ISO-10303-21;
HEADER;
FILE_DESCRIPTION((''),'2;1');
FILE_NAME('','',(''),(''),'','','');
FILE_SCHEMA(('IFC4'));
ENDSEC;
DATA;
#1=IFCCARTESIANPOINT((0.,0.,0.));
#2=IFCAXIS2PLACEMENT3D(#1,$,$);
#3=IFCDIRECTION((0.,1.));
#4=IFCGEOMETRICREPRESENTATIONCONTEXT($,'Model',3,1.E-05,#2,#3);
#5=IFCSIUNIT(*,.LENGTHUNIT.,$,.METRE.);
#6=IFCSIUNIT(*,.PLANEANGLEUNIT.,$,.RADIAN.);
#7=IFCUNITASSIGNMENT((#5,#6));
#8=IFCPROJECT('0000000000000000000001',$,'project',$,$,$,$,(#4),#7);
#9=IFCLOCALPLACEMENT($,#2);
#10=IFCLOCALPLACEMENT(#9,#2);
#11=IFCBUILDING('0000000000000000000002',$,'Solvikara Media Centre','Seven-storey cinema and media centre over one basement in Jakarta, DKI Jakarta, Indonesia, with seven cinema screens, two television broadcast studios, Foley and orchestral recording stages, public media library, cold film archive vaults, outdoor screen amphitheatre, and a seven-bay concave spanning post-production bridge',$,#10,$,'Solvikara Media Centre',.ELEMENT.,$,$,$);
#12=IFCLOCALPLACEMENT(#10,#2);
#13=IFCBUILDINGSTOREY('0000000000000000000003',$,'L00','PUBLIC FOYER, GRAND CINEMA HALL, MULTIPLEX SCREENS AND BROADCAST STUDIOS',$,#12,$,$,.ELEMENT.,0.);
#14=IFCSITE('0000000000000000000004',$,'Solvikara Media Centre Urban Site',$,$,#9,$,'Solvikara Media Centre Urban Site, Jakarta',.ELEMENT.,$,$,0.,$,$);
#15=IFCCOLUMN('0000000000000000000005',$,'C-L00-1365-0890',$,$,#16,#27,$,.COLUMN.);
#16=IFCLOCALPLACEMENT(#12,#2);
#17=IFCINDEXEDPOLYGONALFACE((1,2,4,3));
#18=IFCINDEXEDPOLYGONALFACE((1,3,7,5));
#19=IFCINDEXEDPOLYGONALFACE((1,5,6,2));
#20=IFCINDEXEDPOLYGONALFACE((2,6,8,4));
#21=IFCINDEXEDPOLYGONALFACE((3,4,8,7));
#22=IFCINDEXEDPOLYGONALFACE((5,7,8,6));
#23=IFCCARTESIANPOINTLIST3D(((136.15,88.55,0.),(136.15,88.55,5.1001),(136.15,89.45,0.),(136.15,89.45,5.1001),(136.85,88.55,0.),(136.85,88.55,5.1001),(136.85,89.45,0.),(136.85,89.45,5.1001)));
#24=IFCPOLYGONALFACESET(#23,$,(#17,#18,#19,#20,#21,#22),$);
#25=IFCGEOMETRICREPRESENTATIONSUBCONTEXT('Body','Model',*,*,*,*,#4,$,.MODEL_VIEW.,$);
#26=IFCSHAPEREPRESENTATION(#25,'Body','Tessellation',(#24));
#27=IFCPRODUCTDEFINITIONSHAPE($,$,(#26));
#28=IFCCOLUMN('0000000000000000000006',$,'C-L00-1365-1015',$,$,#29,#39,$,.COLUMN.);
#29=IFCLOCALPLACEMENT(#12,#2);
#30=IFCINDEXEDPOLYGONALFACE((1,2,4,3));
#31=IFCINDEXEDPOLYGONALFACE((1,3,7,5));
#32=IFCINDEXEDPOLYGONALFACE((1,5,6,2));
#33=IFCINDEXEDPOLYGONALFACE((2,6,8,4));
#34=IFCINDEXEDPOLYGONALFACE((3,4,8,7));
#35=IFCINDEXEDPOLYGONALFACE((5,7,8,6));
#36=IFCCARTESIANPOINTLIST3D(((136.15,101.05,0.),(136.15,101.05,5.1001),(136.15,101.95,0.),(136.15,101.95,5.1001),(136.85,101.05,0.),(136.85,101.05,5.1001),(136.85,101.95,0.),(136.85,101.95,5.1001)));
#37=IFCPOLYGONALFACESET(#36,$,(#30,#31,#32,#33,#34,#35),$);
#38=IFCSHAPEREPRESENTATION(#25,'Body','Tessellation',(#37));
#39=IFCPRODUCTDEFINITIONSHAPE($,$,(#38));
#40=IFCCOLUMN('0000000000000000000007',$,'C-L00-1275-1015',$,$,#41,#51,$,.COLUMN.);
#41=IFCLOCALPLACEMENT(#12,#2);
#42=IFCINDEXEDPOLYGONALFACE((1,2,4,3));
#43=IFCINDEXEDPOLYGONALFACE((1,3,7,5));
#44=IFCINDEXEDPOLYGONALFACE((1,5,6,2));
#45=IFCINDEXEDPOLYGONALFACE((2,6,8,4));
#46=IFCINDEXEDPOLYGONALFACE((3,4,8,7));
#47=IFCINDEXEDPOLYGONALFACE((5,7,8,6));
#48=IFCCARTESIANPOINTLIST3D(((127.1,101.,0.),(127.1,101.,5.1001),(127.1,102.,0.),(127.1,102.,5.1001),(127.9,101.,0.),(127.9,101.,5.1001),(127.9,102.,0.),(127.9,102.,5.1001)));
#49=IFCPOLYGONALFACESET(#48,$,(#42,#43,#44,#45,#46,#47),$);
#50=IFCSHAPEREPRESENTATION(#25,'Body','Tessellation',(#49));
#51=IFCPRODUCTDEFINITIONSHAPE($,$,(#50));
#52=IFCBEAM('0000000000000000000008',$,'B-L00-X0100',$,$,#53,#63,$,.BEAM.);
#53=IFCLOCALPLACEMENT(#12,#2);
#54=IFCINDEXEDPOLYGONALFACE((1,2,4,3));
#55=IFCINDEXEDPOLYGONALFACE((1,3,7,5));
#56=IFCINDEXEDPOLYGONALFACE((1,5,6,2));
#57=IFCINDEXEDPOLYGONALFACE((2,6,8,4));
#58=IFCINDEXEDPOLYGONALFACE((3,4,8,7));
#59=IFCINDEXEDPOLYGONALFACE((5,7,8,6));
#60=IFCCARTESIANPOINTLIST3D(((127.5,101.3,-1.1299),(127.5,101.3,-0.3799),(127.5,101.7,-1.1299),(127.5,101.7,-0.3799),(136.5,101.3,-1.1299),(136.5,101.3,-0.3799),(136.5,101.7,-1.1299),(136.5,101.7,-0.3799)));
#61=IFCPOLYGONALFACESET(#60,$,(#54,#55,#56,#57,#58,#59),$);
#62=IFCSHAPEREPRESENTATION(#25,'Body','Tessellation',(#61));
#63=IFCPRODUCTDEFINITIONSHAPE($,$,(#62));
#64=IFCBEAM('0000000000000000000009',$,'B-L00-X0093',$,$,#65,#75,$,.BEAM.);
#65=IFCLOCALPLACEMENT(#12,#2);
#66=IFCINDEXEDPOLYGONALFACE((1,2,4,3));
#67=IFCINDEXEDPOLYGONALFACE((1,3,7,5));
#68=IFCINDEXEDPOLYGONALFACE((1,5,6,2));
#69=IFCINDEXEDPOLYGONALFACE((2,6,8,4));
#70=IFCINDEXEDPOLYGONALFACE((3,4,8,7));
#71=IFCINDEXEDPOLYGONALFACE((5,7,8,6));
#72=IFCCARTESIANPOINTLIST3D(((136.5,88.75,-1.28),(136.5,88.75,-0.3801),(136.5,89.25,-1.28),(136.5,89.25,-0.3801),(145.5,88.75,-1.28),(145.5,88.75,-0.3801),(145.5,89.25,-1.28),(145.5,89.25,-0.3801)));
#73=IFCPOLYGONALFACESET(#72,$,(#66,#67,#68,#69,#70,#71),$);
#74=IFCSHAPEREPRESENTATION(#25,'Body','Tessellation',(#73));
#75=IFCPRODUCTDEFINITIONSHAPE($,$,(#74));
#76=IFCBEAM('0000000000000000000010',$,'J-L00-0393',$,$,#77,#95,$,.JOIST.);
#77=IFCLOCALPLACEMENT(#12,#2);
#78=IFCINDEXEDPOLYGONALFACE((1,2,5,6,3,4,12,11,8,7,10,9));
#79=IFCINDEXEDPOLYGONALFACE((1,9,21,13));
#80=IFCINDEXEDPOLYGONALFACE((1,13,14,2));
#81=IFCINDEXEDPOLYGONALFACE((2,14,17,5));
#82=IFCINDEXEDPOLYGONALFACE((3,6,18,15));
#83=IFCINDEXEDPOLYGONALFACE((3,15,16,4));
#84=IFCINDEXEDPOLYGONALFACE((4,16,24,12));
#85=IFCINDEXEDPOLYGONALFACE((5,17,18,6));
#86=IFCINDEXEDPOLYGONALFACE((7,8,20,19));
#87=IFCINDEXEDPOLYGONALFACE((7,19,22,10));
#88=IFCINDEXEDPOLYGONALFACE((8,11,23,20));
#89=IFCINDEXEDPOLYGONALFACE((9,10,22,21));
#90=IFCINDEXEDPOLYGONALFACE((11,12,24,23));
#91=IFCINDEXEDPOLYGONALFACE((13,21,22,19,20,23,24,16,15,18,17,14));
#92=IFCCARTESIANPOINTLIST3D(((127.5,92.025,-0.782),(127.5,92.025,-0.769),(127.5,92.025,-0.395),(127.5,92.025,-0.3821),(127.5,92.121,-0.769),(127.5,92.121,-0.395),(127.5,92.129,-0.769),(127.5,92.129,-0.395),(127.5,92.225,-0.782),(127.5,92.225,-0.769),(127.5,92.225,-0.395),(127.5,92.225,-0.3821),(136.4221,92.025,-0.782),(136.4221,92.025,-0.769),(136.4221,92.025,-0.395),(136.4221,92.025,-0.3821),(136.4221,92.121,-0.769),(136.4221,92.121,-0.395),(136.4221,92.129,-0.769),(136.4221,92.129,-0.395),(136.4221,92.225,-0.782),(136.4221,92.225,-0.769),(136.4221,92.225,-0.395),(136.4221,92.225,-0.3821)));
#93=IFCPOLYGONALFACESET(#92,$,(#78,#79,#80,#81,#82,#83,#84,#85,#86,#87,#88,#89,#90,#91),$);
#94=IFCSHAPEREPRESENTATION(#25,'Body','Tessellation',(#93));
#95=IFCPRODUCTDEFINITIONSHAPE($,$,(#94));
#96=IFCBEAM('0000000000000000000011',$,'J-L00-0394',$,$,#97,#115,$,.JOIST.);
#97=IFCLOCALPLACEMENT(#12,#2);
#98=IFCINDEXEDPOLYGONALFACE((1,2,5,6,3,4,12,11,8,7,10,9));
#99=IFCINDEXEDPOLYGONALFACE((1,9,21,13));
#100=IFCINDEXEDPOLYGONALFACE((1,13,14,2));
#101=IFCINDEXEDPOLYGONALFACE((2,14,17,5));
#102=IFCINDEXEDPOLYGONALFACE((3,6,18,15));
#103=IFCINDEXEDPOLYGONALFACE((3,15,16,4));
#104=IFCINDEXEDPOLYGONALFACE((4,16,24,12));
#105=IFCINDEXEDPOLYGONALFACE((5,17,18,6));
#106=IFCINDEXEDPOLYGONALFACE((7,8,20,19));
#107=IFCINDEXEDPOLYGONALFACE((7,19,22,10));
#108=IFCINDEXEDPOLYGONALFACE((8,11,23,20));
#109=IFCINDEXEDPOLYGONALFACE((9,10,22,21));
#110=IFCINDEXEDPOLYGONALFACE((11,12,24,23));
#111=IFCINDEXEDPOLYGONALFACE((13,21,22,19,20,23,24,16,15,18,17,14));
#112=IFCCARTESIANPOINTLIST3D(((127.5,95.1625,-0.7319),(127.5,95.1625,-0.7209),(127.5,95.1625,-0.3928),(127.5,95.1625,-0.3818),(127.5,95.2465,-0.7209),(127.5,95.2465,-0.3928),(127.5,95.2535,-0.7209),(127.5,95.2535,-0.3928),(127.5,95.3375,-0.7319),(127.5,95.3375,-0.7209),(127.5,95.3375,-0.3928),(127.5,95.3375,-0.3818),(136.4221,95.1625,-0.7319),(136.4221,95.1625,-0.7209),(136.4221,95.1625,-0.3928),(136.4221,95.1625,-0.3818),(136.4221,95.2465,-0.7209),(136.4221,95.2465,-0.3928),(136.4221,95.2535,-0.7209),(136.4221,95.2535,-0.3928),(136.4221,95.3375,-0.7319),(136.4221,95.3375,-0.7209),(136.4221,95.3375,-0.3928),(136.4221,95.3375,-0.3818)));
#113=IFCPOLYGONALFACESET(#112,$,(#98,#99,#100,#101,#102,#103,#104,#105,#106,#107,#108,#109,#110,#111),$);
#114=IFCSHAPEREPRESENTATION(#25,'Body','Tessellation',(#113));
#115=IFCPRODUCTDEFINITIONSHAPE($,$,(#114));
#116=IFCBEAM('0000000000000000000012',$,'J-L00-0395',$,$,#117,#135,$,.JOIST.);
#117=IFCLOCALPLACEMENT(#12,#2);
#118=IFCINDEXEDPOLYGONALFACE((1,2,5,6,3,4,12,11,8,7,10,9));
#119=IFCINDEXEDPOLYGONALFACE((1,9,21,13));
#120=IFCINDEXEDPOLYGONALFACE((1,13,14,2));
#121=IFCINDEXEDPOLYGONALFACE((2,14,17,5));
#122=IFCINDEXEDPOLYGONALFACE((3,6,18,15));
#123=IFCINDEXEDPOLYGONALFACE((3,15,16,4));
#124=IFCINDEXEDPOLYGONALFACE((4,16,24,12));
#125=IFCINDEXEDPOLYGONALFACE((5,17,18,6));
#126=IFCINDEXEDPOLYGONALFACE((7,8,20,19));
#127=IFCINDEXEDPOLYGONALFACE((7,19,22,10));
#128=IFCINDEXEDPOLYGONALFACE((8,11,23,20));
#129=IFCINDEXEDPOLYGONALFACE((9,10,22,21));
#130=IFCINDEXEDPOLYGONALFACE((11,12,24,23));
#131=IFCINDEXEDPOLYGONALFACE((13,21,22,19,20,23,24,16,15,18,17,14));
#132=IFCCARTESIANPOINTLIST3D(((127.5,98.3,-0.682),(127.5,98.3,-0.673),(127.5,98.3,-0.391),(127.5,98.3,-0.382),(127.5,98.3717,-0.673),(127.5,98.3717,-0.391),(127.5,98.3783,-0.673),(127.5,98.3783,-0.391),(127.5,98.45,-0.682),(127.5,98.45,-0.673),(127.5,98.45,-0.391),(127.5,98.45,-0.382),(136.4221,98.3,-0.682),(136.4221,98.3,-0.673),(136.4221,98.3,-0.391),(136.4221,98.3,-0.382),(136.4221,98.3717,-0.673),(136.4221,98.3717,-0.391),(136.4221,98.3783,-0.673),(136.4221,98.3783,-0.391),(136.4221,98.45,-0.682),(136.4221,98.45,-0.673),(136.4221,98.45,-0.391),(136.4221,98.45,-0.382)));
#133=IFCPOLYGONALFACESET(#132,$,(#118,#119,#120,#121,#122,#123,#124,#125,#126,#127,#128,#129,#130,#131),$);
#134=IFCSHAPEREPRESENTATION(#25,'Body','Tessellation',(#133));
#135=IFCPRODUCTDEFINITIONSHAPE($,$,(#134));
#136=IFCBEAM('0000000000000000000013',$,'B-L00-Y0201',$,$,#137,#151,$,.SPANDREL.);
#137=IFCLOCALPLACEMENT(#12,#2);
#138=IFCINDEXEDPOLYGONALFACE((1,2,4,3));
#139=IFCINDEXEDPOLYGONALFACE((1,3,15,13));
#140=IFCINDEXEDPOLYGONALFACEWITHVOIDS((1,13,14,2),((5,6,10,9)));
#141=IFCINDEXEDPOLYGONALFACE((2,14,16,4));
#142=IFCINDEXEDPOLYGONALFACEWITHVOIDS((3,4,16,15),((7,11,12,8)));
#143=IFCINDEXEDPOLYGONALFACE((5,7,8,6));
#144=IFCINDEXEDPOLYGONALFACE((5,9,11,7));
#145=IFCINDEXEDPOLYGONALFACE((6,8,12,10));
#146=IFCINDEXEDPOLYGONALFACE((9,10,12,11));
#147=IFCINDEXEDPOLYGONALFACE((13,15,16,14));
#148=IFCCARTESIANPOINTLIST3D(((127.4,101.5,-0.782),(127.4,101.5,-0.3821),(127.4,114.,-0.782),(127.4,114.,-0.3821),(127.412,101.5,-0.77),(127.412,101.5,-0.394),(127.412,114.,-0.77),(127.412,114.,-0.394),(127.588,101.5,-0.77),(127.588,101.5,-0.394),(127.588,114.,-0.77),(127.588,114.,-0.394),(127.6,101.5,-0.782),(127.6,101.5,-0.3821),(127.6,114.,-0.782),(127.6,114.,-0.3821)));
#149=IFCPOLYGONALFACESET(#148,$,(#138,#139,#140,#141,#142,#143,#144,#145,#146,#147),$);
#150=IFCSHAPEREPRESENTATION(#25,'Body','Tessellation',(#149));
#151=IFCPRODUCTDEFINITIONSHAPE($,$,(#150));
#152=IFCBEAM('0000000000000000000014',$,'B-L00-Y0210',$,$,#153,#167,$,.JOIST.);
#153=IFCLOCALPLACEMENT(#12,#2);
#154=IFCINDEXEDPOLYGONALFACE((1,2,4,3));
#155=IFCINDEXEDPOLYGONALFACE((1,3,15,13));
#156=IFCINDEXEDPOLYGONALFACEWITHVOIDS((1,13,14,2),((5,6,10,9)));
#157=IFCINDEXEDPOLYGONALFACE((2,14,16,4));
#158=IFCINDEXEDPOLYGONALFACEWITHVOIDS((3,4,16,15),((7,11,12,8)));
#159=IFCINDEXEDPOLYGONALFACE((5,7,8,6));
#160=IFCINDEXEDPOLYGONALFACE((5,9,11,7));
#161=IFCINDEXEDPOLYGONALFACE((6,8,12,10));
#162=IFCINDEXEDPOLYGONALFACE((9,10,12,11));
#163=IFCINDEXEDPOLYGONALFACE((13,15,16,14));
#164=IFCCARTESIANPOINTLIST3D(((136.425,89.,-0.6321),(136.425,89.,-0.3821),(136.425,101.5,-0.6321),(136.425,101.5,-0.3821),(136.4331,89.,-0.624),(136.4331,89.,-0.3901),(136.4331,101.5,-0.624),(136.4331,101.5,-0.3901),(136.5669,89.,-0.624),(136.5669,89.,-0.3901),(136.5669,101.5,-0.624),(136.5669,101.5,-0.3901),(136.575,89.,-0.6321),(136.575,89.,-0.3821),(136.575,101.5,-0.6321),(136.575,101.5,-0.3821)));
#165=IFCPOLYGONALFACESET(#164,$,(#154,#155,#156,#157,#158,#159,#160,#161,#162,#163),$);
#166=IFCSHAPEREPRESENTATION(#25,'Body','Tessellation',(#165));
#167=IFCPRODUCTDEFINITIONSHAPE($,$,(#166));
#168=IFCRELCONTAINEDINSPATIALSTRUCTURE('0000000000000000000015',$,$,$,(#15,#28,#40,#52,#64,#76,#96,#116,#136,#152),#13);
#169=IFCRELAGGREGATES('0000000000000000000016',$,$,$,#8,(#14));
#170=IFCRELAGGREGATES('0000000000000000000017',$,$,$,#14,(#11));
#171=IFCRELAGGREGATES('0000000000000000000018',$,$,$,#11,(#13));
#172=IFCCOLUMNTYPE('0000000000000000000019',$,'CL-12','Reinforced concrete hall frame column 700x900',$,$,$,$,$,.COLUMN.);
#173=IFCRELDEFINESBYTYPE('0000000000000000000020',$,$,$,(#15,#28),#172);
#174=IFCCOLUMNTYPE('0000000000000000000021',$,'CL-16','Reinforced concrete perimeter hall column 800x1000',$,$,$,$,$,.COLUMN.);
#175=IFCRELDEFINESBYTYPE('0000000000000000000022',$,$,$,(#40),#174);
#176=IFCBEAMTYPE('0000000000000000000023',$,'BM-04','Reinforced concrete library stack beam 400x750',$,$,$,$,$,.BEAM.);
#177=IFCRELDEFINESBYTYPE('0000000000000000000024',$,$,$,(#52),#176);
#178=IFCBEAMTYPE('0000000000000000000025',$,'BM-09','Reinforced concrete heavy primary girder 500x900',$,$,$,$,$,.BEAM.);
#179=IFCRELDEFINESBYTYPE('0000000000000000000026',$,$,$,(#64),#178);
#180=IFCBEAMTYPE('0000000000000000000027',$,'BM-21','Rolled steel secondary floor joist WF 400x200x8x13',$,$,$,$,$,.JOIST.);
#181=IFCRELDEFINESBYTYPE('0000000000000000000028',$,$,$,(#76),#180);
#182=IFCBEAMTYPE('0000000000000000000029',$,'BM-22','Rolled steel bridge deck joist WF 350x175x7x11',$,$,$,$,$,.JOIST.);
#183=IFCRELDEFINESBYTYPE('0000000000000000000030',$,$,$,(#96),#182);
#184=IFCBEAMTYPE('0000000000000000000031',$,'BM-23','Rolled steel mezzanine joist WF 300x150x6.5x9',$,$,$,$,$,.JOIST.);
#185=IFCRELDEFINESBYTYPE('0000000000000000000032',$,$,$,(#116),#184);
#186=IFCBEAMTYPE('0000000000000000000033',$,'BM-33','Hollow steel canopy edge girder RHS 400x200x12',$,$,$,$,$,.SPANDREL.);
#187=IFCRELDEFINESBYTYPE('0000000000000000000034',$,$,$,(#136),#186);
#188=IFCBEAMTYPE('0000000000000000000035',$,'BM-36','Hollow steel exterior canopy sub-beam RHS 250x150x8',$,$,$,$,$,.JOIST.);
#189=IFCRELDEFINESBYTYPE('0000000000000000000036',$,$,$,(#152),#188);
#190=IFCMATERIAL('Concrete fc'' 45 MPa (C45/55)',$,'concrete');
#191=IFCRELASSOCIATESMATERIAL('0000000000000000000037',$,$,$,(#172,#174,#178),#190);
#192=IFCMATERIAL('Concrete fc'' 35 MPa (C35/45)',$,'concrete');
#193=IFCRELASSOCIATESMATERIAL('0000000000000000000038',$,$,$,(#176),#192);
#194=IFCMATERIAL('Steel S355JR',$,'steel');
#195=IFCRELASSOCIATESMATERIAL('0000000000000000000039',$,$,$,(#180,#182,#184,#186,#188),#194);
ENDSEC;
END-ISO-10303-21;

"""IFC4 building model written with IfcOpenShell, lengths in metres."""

from ifc_helpers import new_model, si_unit, direction, frame, origin, origin_2d, place, context, subcontext, project, spatial, rectangle, hollow_rectangle, i_section, extrude, material, material_profile, profile_set, type_object, element, save


model = new_model("IFC4")

# Units and contexts
model_context = context("Model", 3, precision=1e-05, world=origin(), true_north=direction((0.0, 1.0)))
body_context = subcontext(model_context, "Body", "Model", "MODEL_VIEW")
ifc_project = project(units=[si_unit("LENGTHUNIT", "METRE"), si_unit("PLANEANGLEUNIT", "RADIAN")], contexts=[model_context])

# Site, building, storey
site_placement = place(None, origin())
site = spatial("IfcSite", under=ifc_project, at=site_placement, Name="Solvikara Media Centre Urban Site", LongName="Solvikara Media Centre Urban Site, Jakarta", CompositionType="ELEMENT", RefElevation=0.0)
building_placement = place(site_placement, origin())
building = spatial("IfcBuilding", under=site, at=building_placement, Name="Solvikara Media Centre", Description="Seven-storey cinema and media centre over one basement in Jakarta, DKI Jakarta, Indonesia, with seven cinema screens, two television broadcast studios, Foley and orchestral recording stages, public media library, cold film archive vaults, outdoor screen amphitheatre, and a seven-bay concave spanning post-production bridge", LongName="Solvikara Media Centre", CompositionType="ELEMENT")
storey_placement = place(building_placement, origin())
storey = spatial("IfcBuildingStorey", under=building, at=storey_placement, Name="L00", Description="PUBLIC FOYER, GRAND CINEMA HALL, MULTIPLEX SCREENS AND BROADCAST STUDIOS", CompositionType="ELEMENT", Elevation=0.0)

# Columns
ifc_material_1 = material(Name="Concrete fc' 45 MPa (C45/55)", Category="concrete")
ifc_material_profile_1 = material_profile(ifc_material_1, rectangle(XDim=0.7, YDim=0.8999, at=origin_2d()), Name="RC 700x900")
ifc_profile_set_1 = profile_set([ifc_material_profile_1], Name="Concrete fc' 45 MPa (C45/55)")
column_type_1 = type_object("IfcColumnType", Name="CL-12", Description="Reinforced concrete hall frame column 700x900", PredefinedType="COLUMN", material=ifc_profile_set_1)
for number, where, z_axis, x_axis, name in (
    (1, (136.5, 89.0, 0.0), (0.0, 0.0, 1.0), (1.0, 0.0, 0.0), "C-L00-1365-0890"),
    (2, (136.5, 101.5, 0.0), (0.0, 0.0, 1.0), (1.0, 0.0, 0.0), "C-L00-1365-1015"),
):
    element("IfcColumn", number, at=place(storey_placement, frame(where, z_axis=z_axis, x_axis=x_axis)), inside=storey, type_object=column_type_1, Name=name, PredefinedType="COLUMN", context=body_context, shape_type="SweptSolid", body=[
        extrude(rectangle(XDim=0.7, YDim=0.8999, at=origin_2d()), origin(), (0.0, 0.0, 1.0), 5.1001),
    ])
ifc_material_profile_2 = material_profile(ifc_material_1, rectangle(XDim=0.8, YDim=1.0, at=origin_2d()), Name="RC 800x1000")
ifc_profile_set_2 = profile_set([ifc_material_profile_2], Name="Concrete fc' 45 MPa (C45/55)")
column_type_2 = type_object("IfcColumnType", Name="CL-16", Description="Reinforced concrete perimeter hall column 800x1000", PredefinedType="COLUMN", material=ifc_profile_set_2)
column_placement = place(storey_placement, frame((127.5, 101.5, 0.0), z_axis=(0.0, 0.0, 1.0), x_axis=(1.0, 0.0, 0.0)))
element("IfcColumn", 3, at=column_placement, inside=storey, type_object=column_type_2, Name="C-L00-1275-1015", PredefinedType="COLUMN", context=body_context, shape_type="SweptSolid", body=[
    extrude(rectangle(XDim=0.8, YDim=1.0, at=origin_2d()), origin(), (0.0, 0.0, 1.0), 5.1001),
])

# Beams
ifc_material_2 = material(Name="Concrete fc' 35 MPa (C35/45)", Category="concrete")
ifc_material_profile_3 = material_profile(ifc_material_2, rectangle(XDim=0.3999, YDim=0.75, at=origin_2d()), Name="RC 400x750")
ifc_profile_set_3 = profile_set([ifc_material_profile_3], Name="Concrete fc' 35 MPa (C35/45)")
beam_type_1 = type_object("IfcBeamType", Name="BM-04", Description="Reinforced concrete library stack beam 400x750", PredefinedType="BEAM", material=ifc_profile_set_3)
beam_1_placement = place(storey_placement, frame((127.5, 101.5, -0.7549), z_axis=(1.0, 0.0, 0.0), x_axis=(0.0, 1.0, 0.0)))
element("IfcBeam", 4, at=beam_1_placement, inside=storey, type_object=beam_type_1, Name="B-L00-X0100", PredefinedType="BEAM", context=body_context, shape_type="SweptSolid", body=[
    extrude(rectangle(XDim=0.3999, YDim=0.75, at=origin_2d()), origin(), (0.0, 0.0, 1.0), 9.0),
])
ifc_material_profile_4 = material_profile(ifc_material_1, rectangle(XDim=0.5, YDim=0.8999, at=origin_2d()), Name="RC 500x900")
ifc_profile_set_4 = profile_set([ifc_material_profile_4], Name="Concrete fc' 45 MPa (C45/55)")
beam_type_2 = type_object("IfcBeamType", Name="BM-09", Description="Reinforced concrete heavy primary girder 500x900", PredefinedType="BEAM", material=ifc_profile_set_4)
beam_2_placement = place(storey_placement, frame((136.5, 89.0, -0.8301), z_axis=(1.0, 0.0, 0.0), x_axis=(0.0, 1.0, 0.0)))
element("IfcBeam", 5, at=beam_2_placement, inside=storey, type_object=beam_type_2, Name="B-L00-X0093", PredefinedType="BEAM", context=body_context, shape_type="SweptSolid", body=[
    extrude(rectangle(XDim=0.5, YDim=0.8999, at=origin_2d()), origin(), (0.0, 0.0, 1.0), 9.0),
])
ifc_material_3 = material(Name="Steel S355JR", Category="steel")
ifc_material_profile_5 = material_profile(ifc_material_3, i_section(OverallWidth=0.2, OverallDepth=0.3999, WebThickness=0.0081, FlangeThickness=0.0129, at=origin_2d()), Name="WF 400x200x8x13")
ifc_profile_set_5 = profile_set([ifc_material_profile_5], Name="Steel S355JR")
beam_type_3 = type_object("IfcBeamType", Name="BM-21", Description="Rolled steel secondary floor joist WF 400x200x8x13", PredefinedType="JOIST", material=ifc_profile_set_5)
beam_3_placement = place(storey_placement, frame((127.5, 92.125, -0.582), z_axis=(1.0, 0.0, 0.0), x_axis=(0.0, 1.0, 0.0)))
element("IfcBeam", 6, at=beam_3_placement, inside=storey, type_object=beam_type_3, Name="J-L00-0393", PredefinedType="JOIST", context=body_context, shape_type="SweptSolid", body=[
    extrude(i_section(OverallWidth=0.2, OverallDepth=0.3999, WebThickness=0.0081, FlangeThickness=0.0129, at=origin_2d()), origin(), (0.0, 0.0, 1.0), 8.9221),
])
ifc_material_profile_6 = material_profile(ifc_material_3, i_section(OverallWidth=0.175, OverallDepth=0.3501, WebThickness=0.0071, FlangeThickness=0.011, at=origin_2d()), Name="WF 350x175x7x11")
ifc_profile_set_6 = profile_set([ifc_material_profile_6], Name="Steel S355JR")
beam_type_4 = type_object("IfcBeamType", Name="BM-22", Description="Rolled steel bridge deck joist WF 350x175x7x11", PredefinedType="JOIST", material=ifc_profile_set_6)
beam_4_placement = place(storey_placement, frame((127.5, 95.25, -0.5569), z_axis=(1.0, 0.0, 0.0), x_axis=(0.0, 1.0, 0.0)))
element("IfcBeam", 7, at=beam_4_placement, inside=storey, type_object=beam_type_4, Name="J-L00-0394", PredefinedType="JOIST", context=body_context, shape_type="SweptSolid", body=[
    extrude(i_section(OverallWidth=0.175, OverallDepth=0.3501, WebThickness=0.0071, FlangeThickness=0.011, at=origin_2d()), origin(), (0.0, 0.0, 1.0), 8.9221),
])
ifc_material_profile_7 = material_profile(ifc_material_3, i_section(OverallWidth=0.1499, OverallDepth=0.3, WebThickness=0.0066, FlangeThickness=0.009, at=origin_2d()), Name="WF 300x150x6.5x9")
ifc_profile_set_7 = profile_set([ifc_material_profile_7], Name="Steel S355JR")
beam_type_5 = type_object("IfcBeamType", Name="BM-23", Description="Rolled steel mezzanine joist WF 300x150x6.5x9", PredefinedType="JOIST", material=ifc_profile_set_7)
beam_5_placement = place(storey_placement, frame((127.5, 98.375, -0.532), z_axis=(1.0, 0.0, 0.0), x_axis=(0.0, 1.0, 0.0)))
element("IfcBeam", 8, at=beam_5_placement, inside=storey, type_object=beam_type_5, Name="J-L00-0395", PredefinedType="JOIST", context=body_context, shape_type="SweptSolid", body=[
    extrude(i_section(OverallWidth=0.1499, OverallDepth=0.3, WebThickness=0.0066, FlangeThickness=0.009, at=origin_2d()), origin(), (0.0, 0.0, 1.0), 8.9221),
])
ifc_material_profile_8 = material_profile(ifc_material_3, hollow_rectangle(XDim=0.2, YDim=0.3999, WallThickness=0.012, at=origin_2d()), Name="RHS 400x200x12")
ifc_profile_set_8 = profile_set([ifc_material_profile_8], Name="Steel S355JR")
beam_type_6 = type_object("IfcBeamType", Name="BM-33", Description="Hollow steel canopy edge girder RHS 400x200x12", PredefinedType="SPANDREL", material=ifc_profile_set_8)
beam_6_placement = place(storey_placement, frame((127.5, 101.5, -0.582), z_axis=(0.0, 1.0, 0.0), x_axis=(-1.0, 0.0, 0.0)))
element("IfcBeam", 9, at=beam_6_placement, inside=storey, type_object=beam_type_6, Name="B-L00-Y0201", PredefinedType="SPANDREL", context=body_context, shape_type="SweptSolid", body=[
    extrude(hollow_rectangle(XDim=0.2, YDim=0.3999, WallThickness=0.012, at=origin_2d()), origin(), (0.0, 0.0, 1.0), 12.5),
])
ifc_material_profile_9 = material_profile(ifc_material_3, hollow_rectangle(XDim=0.1499, YDim=0.25, WallThickness=0.0081, at=origin_2d()), Name="RHS 250x150x8")
ifc_profile_set_9 = profile_set([ifc_material_profile_9], Name="Steel S355JR")
beam_type_7 = type_object("IfcBeamType", Name="BM-36", Description="Hollow steel exterior canopy sub-beam RHS 250x150x8", PredefinedType="JOIST", material=ifc_profile_set_9)
beam_7_placement = place(storey_placement, frame((136.5, 89.0, -0.5071), z_axis=(0.0, 1.0, 0.0), x_axis=(-1.0, 0.0, 0.0)))
element("IfcBeam", 10, at=beam_7_placement, inside=storey, type_object=beam_type_7, Name="B-L00-Y0210", PredefinedType="JOIST", context=body_context, shape_type="SweptSolid", body=[
    extrude(hollow_rectangle(XDim=0.1499, YDim=0.25, WallThickness=0.0081, at=origin_2d()), origin(), (0.0, 0.0, 1.0), 12.5),
])

save(model, "model.ifc")
